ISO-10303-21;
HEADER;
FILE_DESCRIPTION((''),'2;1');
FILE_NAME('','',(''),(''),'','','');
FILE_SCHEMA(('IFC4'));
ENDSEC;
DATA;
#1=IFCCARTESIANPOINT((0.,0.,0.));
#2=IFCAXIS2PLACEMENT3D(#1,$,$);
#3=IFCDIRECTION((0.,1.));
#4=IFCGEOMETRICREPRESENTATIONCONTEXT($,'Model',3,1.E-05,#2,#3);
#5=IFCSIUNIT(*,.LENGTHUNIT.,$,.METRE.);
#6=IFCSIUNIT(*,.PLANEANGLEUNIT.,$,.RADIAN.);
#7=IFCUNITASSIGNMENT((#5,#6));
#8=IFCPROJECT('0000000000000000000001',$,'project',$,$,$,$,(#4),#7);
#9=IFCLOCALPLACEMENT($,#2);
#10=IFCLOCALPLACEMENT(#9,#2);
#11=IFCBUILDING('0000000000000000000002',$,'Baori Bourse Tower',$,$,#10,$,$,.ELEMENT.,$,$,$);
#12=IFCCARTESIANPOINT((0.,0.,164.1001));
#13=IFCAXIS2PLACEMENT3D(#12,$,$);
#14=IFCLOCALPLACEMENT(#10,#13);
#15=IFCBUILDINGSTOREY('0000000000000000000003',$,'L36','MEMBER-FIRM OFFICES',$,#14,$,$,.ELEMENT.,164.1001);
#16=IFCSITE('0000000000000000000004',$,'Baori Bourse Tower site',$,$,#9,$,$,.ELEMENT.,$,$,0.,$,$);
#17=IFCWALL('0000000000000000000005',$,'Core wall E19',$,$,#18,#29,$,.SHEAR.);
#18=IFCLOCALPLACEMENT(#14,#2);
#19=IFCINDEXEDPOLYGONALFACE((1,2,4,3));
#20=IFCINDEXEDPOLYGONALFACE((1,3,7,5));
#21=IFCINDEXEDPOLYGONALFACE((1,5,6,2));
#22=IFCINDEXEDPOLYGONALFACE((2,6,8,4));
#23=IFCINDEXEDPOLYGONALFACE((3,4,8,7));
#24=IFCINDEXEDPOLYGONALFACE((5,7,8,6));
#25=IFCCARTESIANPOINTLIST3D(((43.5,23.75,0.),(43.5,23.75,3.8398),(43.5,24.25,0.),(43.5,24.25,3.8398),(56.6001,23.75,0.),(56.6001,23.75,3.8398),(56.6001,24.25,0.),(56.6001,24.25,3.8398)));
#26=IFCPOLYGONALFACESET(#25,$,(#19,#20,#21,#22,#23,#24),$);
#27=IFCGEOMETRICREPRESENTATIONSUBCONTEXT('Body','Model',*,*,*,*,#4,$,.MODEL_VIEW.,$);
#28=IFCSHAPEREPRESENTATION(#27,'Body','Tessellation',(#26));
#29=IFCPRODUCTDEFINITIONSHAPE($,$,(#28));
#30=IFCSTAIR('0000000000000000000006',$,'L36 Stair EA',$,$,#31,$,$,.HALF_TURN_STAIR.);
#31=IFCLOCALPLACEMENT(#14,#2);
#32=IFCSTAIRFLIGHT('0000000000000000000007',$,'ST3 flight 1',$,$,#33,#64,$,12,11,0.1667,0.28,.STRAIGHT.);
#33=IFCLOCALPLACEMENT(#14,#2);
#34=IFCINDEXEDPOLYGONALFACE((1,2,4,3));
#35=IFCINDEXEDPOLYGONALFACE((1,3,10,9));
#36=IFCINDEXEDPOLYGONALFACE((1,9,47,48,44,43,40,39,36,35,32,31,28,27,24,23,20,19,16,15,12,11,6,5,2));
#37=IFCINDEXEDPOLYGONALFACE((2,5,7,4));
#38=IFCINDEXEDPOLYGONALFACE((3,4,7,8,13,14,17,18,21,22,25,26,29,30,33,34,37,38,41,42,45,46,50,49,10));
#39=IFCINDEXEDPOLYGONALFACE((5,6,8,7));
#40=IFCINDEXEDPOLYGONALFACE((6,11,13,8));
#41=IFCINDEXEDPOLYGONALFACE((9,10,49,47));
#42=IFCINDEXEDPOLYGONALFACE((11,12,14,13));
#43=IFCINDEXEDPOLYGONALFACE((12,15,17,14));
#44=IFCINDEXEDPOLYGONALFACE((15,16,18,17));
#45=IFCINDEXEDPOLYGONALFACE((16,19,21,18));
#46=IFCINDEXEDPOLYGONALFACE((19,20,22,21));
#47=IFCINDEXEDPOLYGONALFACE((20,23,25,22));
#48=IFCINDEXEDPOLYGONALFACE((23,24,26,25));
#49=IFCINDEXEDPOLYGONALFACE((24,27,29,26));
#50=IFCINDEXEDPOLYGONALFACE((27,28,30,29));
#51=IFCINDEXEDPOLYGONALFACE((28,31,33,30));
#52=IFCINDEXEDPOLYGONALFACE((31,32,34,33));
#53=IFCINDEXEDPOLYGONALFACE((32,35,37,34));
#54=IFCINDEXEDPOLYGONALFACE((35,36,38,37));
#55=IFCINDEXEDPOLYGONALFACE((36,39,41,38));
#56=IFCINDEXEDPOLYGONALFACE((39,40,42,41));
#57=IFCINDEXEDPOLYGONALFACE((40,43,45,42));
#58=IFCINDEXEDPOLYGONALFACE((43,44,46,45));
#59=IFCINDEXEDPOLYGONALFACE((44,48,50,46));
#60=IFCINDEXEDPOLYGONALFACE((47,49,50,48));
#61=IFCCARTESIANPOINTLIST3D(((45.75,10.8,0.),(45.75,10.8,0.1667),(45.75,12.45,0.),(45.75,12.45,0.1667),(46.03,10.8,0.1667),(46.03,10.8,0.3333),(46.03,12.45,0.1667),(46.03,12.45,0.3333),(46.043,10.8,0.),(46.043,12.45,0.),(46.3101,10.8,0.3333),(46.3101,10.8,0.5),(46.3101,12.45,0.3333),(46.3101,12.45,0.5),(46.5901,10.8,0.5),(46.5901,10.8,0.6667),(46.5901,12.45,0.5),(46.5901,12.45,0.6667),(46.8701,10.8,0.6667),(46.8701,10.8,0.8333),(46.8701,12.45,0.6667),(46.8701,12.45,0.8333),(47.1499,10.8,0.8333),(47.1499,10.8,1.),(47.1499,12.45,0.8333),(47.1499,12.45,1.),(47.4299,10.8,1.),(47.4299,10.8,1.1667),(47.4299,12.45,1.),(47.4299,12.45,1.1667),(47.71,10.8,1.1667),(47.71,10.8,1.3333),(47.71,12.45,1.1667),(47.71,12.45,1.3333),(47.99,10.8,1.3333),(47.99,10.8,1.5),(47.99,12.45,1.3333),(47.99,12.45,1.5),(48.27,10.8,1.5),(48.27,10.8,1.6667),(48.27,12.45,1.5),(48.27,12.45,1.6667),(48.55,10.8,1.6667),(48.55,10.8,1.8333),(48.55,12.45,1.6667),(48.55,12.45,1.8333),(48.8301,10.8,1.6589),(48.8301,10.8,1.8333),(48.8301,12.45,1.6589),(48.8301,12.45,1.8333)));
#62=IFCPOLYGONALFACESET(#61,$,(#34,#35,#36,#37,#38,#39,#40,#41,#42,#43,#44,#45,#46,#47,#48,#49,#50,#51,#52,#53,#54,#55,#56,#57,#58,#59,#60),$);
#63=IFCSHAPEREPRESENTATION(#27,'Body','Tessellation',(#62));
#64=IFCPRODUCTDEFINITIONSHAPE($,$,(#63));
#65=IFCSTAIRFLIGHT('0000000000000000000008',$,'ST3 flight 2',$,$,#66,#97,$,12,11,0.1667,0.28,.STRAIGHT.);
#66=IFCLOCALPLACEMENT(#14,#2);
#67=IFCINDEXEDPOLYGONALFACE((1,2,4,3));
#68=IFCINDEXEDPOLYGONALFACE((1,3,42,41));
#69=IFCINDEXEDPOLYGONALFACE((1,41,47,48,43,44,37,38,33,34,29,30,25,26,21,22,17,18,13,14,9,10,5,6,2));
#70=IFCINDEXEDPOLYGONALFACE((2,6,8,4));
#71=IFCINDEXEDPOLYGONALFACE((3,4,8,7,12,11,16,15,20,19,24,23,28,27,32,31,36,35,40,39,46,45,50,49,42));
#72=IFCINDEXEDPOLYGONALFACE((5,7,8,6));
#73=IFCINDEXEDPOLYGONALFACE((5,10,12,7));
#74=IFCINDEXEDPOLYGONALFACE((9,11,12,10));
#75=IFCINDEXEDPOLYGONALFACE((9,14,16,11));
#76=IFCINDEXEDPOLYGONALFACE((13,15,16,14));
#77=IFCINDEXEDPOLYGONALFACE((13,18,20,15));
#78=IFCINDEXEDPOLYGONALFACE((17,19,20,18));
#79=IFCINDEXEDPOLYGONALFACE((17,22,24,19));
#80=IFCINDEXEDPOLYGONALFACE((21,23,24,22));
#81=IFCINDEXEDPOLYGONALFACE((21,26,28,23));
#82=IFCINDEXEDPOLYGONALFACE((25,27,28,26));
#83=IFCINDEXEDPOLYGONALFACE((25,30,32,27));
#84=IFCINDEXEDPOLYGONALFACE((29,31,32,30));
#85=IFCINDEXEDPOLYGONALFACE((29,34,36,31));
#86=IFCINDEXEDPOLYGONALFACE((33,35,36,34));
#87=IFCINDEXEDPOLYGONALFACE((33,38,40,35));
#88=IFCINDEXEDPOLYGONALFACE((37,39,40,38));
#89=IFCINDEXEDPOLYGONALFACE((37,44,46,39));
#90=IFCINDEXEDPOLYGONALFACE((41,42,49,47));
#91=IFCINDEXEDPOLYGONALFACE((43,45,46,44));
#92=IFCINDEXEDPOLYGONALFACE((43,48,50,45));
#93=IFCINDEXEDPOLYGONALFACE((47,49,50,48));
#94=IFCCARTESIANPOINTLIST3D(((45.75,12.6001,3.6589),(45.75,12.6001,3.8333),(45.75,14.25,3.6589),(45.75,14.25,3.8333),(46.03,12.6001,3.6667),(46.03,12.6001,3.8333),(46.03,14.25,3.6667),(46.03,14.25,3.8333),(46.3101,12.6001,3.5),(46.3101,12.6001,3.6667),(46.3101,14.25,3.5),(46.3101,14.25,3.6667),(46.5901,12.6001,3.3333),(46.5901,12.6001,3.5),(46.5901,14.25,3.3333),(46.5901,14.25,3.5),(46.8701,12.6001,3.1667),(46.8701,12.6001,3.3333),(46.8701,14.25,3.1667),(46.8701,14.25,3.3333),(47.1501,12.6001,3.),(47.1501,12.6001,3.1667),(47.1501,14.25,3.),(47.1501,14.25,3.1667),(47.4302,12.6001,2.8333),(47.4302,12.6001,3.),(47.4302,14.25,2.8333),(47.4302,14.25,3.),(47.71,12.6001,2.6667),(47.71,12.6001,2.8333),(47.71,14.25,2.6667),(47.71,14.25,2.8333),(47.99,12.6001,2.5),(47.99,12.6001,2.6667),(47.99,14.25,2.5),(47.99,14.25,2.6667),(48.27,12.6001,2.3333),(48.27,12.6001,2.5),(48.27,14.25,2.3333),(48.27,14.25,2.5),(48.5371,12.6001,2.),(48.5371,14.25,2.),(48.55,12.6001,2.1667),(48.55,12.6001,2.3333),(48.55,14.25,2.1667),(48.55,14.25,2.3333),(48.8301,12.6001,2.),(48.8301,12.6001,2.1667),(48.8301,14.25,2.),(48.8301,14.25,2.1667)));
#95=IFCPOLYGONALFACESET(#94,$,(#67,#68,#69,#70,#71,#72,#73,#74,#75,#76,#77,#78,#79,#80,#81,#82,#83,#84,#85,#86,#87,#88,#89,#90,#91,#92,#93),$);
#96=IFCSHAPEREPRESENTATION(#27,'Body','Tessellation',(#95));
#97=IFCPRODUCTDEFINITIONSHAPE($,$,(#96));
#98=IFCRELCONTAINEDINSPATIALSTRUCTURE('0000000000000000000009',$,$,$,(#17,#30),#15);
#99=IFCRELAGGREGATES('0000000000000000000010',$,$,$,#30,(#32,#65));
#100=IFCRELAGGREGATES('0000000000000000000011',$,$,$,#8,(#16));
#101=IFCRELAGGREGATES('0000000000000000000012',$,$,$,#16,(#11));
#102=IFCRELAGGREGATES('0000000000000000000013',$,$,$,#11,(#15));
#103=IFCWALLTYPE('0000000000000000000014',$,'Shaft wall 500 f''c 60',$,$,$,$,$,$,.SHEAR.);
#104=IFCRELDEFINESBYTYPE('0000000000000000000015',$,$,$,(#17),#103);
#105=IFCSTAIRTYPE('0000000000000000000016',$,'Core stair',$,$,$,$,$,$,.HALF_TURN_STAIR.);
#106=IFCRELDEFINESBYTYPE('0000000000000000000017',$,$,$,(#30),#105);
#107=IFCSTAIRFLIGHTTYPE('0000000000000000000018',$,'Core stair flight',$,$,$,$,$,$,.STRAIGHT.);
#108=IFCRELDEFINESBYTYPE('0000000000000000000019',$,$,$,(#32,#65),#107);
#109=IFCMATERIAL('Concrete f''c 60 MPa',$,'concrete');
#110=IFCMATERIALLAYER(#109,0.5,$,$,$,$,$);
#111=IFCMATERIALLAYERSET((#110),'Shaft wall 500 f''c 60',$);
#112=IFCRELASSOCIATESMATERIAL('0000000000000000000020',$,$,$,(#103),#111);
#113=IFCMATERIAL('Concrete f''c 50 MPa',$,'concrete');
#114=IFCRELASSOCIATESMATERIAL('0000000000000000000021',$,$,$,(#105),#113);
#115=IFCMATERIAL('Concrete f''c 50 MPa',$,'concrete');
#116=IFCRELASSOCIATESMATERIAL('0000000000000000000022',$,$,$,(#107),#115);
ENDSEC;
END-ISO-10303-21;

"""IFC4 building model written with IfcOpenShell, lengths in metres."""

from ifc_helpers import new_model, si_unit, direction, frame, frame_2d, origin, place, context, subcontext, project, spatial, polyline, rectangle, outline, extrude, material, layer, layer_set, type_object, element, aggregate, save


model = new_model("IFC4")

# Units and contexts
model_context = context("Model", 3, precision=1e-05, world=origin(), true_north=direction((0.0, 1.0)))
body_context = subcontext(model_context, "Body", "Model", "MODEL_VIEW")
ifc_project = project(units=[si_unit("LENGTHUNIT", "METRE"), si_unit("PLANEANGLEUNIT", "RADIAN")], contexts=[model_context])

# Site, building, storey
site_placement = place(None, origin())
site = spatial("IfcSite", under=ifc_project, at=site_placement, Name="Baori Bourse Tower site", CompositionType="ELEMENT", RefElevation=0.0)
building_placement = place(site_placement, origin())
building = spatial("IfcBuilding", under=site, at=building_placement, Name="Baori Bourse Tower", CompositionType="ELEMENT")
storey_placement = place(building_placement, frame((0.0, 0.0, 164.1001)))
storey = spatial("IfcBuildingStorey", under=building, at=storey_placement, Name="L36", Description="MEMBER-FIRM OFFICES", CompositionType="ELEMENT", Elevation=164.1001)

# Wall
ifc_material_1 = material(Name="Concrete f'c 60 MPa", Category="concrete")
ifc_layer_1 = layer(ifc_material_1, 0.5)
ifc_layer_set_1 = layer_set([ifc_layer_1], Name="Shaft wall 500 f'c 60")
wall_type_1 = type_object("IfcWallType", Name="Shaft wall 500 f'c 60", PredefinedType="SHEAR", material=ifc_layer_set_1)
wall_1_placement = place(storey_placement, frame((43.5, 24.0, 0.0), z_axis=(0.0, 0.0, 1.0), x_axis=(1.0, 0.0, 0.0)))
element("IfcWall", 1, at=wall_1_placement, inside=storey, type_object=wall_type_1, Name="Core wall E19", PredefinedType="SHEAR", context=body_context, shape_type="SweptSolid", body=[
    extrude(rectangle(XDim=13.1001, YDim=0.5, at=frame_2d((6.55, 0.0))), origin(), (0.0, 0.0, 1.0), 3.8398),
])

# Stair, stair flights
ifc_material_2 = material(Name="Concrete f'c 50 MPa", Category="concrete")
stair_type = type_object("IfcStairType", Name="Core stair", PredefinedType="HALF_TURN_STAIR", material=ifc_material_2)
stair_placement = place(storey_placement, origin())
stair = element("IfcStair", 2, at=stair_placement, inside=storey, type_object=stair_type, Name="L36 Stair EA", PredefinedType="HALF_TURN_STAIR")
ifc_material_3 = material(Name="Concrete f'c 50 MPa", Category="concrete")
stair_flight_type = type_object("IfcStairFlightType", Name="Core stair flight", PredefinedType="STRAIGHT", material=ifc_material_3)
stair_flight_1_placement = place(storey_placement, frame((45.75, 11.625, 0.0), z_axis=(0.0, 0.0, 1.0), x_axis=(1.0, 0.0, 0.0)))
stair_flight_1 = element("IfcStairFlight", 3, at=stair_flight_1_placement, type_object=stair_flight_type, Name="ST3 flight 1", NumberOfRisers=12, NumberOfTreads=11, PredefinedType="STRAIGHT", RiserHeight=0.1667, TreadLength=0.28, context=body_context, shape_type="SweptSolid", body=[
    extrude(outline(polyline([(0.0, 0.0), (0.0, 0.1667), (0.28, 0.1667), (0.28, 0.3333), (0.5601, 0.3333), (0.5601, 0.5), (0.8401, 0.5), (0.8401, 0.6667), (1.1201, 0.6667), (1.1201, 0.8333), (1.3999, 0.8333), (1.3999, 1.0), (1.6799, 1.0), (1.6799, 1.1667), (1.96, 1.1667), (1.96, 1.3333), (2.24, 1.3333), (2.24, 1.5), (2.52, 1.5), (2.52, 1.6667), (2.8, 1.6667), (2.8, 1.8333), (3.0801, 1.8333), (3.0801, 2.0), (3.0801, 1.6589), (0.293, 0.0), (0.0, 0.0)])), frame((0.0, 0.825, 0.0), z_axis=(0.0, -1.0, 0.0), x_axis=(1.0, 0.0, 0.0)), (0.0, 0.0, 1.0), 1.6499),
])
stair_flight_2_placement = place(storey_placement, frame((48.8301, 13.425, 2.0), z_axis=(0.0, 0.0, 1.0), x_axis=(-1.0, 0.0, 0.0)))
stair_flight_2 = element("IfcStairFlight", 4, at=stair_flight_2_placement, type_object=stair_flight_type, Name="ST3 flight 2", NumberOfRisers=12, NumberOfTreads=11, PredefinedType="STRAIGHT", RiserHeight=0.1667, TreadLength=0.28, context=body_context, shape_type="SweptSolid", body=[
    extrude(outline(polyline([(0.0, 0.0), (0.0, 0.1667), (0.28, 0.1667), (0.28, 0.3333), (0.5601, 0.3333), (0.5601, 0.5), (0.8401, 0.5), (0.8401, 0.6667), (1.1201, 0.6667), (1.1201, 0.8333), (1.3999, 0.8333), (1.3999, 1.0), (1.6799, 1.0), (1.6799, 1.1667), (1.96, 1.1667), (1.96, 1.3333), (2.24, 1.3333), (2.24, 1.5), (2.52, 1.5), (2.52, 1.6667), (2.8, 1.6667), (2.8, 1.8333), (3.0801, 1.8333), (3.0801, 2.0), (3.0801, 1.6589), (0.293, 0.0), (0.0, 0.0)])), frame((0.0, 0.825, 0.0), z_axis=(0.0, -1.0, 0.0), x_axis=(1.0, 0.0, 0.0)), (0.0, 0.0, 1.0), 1.6499),
])
aggregate(stair, [stair_flight_1, stair_flight_2])

save(model, "model.ifc")
